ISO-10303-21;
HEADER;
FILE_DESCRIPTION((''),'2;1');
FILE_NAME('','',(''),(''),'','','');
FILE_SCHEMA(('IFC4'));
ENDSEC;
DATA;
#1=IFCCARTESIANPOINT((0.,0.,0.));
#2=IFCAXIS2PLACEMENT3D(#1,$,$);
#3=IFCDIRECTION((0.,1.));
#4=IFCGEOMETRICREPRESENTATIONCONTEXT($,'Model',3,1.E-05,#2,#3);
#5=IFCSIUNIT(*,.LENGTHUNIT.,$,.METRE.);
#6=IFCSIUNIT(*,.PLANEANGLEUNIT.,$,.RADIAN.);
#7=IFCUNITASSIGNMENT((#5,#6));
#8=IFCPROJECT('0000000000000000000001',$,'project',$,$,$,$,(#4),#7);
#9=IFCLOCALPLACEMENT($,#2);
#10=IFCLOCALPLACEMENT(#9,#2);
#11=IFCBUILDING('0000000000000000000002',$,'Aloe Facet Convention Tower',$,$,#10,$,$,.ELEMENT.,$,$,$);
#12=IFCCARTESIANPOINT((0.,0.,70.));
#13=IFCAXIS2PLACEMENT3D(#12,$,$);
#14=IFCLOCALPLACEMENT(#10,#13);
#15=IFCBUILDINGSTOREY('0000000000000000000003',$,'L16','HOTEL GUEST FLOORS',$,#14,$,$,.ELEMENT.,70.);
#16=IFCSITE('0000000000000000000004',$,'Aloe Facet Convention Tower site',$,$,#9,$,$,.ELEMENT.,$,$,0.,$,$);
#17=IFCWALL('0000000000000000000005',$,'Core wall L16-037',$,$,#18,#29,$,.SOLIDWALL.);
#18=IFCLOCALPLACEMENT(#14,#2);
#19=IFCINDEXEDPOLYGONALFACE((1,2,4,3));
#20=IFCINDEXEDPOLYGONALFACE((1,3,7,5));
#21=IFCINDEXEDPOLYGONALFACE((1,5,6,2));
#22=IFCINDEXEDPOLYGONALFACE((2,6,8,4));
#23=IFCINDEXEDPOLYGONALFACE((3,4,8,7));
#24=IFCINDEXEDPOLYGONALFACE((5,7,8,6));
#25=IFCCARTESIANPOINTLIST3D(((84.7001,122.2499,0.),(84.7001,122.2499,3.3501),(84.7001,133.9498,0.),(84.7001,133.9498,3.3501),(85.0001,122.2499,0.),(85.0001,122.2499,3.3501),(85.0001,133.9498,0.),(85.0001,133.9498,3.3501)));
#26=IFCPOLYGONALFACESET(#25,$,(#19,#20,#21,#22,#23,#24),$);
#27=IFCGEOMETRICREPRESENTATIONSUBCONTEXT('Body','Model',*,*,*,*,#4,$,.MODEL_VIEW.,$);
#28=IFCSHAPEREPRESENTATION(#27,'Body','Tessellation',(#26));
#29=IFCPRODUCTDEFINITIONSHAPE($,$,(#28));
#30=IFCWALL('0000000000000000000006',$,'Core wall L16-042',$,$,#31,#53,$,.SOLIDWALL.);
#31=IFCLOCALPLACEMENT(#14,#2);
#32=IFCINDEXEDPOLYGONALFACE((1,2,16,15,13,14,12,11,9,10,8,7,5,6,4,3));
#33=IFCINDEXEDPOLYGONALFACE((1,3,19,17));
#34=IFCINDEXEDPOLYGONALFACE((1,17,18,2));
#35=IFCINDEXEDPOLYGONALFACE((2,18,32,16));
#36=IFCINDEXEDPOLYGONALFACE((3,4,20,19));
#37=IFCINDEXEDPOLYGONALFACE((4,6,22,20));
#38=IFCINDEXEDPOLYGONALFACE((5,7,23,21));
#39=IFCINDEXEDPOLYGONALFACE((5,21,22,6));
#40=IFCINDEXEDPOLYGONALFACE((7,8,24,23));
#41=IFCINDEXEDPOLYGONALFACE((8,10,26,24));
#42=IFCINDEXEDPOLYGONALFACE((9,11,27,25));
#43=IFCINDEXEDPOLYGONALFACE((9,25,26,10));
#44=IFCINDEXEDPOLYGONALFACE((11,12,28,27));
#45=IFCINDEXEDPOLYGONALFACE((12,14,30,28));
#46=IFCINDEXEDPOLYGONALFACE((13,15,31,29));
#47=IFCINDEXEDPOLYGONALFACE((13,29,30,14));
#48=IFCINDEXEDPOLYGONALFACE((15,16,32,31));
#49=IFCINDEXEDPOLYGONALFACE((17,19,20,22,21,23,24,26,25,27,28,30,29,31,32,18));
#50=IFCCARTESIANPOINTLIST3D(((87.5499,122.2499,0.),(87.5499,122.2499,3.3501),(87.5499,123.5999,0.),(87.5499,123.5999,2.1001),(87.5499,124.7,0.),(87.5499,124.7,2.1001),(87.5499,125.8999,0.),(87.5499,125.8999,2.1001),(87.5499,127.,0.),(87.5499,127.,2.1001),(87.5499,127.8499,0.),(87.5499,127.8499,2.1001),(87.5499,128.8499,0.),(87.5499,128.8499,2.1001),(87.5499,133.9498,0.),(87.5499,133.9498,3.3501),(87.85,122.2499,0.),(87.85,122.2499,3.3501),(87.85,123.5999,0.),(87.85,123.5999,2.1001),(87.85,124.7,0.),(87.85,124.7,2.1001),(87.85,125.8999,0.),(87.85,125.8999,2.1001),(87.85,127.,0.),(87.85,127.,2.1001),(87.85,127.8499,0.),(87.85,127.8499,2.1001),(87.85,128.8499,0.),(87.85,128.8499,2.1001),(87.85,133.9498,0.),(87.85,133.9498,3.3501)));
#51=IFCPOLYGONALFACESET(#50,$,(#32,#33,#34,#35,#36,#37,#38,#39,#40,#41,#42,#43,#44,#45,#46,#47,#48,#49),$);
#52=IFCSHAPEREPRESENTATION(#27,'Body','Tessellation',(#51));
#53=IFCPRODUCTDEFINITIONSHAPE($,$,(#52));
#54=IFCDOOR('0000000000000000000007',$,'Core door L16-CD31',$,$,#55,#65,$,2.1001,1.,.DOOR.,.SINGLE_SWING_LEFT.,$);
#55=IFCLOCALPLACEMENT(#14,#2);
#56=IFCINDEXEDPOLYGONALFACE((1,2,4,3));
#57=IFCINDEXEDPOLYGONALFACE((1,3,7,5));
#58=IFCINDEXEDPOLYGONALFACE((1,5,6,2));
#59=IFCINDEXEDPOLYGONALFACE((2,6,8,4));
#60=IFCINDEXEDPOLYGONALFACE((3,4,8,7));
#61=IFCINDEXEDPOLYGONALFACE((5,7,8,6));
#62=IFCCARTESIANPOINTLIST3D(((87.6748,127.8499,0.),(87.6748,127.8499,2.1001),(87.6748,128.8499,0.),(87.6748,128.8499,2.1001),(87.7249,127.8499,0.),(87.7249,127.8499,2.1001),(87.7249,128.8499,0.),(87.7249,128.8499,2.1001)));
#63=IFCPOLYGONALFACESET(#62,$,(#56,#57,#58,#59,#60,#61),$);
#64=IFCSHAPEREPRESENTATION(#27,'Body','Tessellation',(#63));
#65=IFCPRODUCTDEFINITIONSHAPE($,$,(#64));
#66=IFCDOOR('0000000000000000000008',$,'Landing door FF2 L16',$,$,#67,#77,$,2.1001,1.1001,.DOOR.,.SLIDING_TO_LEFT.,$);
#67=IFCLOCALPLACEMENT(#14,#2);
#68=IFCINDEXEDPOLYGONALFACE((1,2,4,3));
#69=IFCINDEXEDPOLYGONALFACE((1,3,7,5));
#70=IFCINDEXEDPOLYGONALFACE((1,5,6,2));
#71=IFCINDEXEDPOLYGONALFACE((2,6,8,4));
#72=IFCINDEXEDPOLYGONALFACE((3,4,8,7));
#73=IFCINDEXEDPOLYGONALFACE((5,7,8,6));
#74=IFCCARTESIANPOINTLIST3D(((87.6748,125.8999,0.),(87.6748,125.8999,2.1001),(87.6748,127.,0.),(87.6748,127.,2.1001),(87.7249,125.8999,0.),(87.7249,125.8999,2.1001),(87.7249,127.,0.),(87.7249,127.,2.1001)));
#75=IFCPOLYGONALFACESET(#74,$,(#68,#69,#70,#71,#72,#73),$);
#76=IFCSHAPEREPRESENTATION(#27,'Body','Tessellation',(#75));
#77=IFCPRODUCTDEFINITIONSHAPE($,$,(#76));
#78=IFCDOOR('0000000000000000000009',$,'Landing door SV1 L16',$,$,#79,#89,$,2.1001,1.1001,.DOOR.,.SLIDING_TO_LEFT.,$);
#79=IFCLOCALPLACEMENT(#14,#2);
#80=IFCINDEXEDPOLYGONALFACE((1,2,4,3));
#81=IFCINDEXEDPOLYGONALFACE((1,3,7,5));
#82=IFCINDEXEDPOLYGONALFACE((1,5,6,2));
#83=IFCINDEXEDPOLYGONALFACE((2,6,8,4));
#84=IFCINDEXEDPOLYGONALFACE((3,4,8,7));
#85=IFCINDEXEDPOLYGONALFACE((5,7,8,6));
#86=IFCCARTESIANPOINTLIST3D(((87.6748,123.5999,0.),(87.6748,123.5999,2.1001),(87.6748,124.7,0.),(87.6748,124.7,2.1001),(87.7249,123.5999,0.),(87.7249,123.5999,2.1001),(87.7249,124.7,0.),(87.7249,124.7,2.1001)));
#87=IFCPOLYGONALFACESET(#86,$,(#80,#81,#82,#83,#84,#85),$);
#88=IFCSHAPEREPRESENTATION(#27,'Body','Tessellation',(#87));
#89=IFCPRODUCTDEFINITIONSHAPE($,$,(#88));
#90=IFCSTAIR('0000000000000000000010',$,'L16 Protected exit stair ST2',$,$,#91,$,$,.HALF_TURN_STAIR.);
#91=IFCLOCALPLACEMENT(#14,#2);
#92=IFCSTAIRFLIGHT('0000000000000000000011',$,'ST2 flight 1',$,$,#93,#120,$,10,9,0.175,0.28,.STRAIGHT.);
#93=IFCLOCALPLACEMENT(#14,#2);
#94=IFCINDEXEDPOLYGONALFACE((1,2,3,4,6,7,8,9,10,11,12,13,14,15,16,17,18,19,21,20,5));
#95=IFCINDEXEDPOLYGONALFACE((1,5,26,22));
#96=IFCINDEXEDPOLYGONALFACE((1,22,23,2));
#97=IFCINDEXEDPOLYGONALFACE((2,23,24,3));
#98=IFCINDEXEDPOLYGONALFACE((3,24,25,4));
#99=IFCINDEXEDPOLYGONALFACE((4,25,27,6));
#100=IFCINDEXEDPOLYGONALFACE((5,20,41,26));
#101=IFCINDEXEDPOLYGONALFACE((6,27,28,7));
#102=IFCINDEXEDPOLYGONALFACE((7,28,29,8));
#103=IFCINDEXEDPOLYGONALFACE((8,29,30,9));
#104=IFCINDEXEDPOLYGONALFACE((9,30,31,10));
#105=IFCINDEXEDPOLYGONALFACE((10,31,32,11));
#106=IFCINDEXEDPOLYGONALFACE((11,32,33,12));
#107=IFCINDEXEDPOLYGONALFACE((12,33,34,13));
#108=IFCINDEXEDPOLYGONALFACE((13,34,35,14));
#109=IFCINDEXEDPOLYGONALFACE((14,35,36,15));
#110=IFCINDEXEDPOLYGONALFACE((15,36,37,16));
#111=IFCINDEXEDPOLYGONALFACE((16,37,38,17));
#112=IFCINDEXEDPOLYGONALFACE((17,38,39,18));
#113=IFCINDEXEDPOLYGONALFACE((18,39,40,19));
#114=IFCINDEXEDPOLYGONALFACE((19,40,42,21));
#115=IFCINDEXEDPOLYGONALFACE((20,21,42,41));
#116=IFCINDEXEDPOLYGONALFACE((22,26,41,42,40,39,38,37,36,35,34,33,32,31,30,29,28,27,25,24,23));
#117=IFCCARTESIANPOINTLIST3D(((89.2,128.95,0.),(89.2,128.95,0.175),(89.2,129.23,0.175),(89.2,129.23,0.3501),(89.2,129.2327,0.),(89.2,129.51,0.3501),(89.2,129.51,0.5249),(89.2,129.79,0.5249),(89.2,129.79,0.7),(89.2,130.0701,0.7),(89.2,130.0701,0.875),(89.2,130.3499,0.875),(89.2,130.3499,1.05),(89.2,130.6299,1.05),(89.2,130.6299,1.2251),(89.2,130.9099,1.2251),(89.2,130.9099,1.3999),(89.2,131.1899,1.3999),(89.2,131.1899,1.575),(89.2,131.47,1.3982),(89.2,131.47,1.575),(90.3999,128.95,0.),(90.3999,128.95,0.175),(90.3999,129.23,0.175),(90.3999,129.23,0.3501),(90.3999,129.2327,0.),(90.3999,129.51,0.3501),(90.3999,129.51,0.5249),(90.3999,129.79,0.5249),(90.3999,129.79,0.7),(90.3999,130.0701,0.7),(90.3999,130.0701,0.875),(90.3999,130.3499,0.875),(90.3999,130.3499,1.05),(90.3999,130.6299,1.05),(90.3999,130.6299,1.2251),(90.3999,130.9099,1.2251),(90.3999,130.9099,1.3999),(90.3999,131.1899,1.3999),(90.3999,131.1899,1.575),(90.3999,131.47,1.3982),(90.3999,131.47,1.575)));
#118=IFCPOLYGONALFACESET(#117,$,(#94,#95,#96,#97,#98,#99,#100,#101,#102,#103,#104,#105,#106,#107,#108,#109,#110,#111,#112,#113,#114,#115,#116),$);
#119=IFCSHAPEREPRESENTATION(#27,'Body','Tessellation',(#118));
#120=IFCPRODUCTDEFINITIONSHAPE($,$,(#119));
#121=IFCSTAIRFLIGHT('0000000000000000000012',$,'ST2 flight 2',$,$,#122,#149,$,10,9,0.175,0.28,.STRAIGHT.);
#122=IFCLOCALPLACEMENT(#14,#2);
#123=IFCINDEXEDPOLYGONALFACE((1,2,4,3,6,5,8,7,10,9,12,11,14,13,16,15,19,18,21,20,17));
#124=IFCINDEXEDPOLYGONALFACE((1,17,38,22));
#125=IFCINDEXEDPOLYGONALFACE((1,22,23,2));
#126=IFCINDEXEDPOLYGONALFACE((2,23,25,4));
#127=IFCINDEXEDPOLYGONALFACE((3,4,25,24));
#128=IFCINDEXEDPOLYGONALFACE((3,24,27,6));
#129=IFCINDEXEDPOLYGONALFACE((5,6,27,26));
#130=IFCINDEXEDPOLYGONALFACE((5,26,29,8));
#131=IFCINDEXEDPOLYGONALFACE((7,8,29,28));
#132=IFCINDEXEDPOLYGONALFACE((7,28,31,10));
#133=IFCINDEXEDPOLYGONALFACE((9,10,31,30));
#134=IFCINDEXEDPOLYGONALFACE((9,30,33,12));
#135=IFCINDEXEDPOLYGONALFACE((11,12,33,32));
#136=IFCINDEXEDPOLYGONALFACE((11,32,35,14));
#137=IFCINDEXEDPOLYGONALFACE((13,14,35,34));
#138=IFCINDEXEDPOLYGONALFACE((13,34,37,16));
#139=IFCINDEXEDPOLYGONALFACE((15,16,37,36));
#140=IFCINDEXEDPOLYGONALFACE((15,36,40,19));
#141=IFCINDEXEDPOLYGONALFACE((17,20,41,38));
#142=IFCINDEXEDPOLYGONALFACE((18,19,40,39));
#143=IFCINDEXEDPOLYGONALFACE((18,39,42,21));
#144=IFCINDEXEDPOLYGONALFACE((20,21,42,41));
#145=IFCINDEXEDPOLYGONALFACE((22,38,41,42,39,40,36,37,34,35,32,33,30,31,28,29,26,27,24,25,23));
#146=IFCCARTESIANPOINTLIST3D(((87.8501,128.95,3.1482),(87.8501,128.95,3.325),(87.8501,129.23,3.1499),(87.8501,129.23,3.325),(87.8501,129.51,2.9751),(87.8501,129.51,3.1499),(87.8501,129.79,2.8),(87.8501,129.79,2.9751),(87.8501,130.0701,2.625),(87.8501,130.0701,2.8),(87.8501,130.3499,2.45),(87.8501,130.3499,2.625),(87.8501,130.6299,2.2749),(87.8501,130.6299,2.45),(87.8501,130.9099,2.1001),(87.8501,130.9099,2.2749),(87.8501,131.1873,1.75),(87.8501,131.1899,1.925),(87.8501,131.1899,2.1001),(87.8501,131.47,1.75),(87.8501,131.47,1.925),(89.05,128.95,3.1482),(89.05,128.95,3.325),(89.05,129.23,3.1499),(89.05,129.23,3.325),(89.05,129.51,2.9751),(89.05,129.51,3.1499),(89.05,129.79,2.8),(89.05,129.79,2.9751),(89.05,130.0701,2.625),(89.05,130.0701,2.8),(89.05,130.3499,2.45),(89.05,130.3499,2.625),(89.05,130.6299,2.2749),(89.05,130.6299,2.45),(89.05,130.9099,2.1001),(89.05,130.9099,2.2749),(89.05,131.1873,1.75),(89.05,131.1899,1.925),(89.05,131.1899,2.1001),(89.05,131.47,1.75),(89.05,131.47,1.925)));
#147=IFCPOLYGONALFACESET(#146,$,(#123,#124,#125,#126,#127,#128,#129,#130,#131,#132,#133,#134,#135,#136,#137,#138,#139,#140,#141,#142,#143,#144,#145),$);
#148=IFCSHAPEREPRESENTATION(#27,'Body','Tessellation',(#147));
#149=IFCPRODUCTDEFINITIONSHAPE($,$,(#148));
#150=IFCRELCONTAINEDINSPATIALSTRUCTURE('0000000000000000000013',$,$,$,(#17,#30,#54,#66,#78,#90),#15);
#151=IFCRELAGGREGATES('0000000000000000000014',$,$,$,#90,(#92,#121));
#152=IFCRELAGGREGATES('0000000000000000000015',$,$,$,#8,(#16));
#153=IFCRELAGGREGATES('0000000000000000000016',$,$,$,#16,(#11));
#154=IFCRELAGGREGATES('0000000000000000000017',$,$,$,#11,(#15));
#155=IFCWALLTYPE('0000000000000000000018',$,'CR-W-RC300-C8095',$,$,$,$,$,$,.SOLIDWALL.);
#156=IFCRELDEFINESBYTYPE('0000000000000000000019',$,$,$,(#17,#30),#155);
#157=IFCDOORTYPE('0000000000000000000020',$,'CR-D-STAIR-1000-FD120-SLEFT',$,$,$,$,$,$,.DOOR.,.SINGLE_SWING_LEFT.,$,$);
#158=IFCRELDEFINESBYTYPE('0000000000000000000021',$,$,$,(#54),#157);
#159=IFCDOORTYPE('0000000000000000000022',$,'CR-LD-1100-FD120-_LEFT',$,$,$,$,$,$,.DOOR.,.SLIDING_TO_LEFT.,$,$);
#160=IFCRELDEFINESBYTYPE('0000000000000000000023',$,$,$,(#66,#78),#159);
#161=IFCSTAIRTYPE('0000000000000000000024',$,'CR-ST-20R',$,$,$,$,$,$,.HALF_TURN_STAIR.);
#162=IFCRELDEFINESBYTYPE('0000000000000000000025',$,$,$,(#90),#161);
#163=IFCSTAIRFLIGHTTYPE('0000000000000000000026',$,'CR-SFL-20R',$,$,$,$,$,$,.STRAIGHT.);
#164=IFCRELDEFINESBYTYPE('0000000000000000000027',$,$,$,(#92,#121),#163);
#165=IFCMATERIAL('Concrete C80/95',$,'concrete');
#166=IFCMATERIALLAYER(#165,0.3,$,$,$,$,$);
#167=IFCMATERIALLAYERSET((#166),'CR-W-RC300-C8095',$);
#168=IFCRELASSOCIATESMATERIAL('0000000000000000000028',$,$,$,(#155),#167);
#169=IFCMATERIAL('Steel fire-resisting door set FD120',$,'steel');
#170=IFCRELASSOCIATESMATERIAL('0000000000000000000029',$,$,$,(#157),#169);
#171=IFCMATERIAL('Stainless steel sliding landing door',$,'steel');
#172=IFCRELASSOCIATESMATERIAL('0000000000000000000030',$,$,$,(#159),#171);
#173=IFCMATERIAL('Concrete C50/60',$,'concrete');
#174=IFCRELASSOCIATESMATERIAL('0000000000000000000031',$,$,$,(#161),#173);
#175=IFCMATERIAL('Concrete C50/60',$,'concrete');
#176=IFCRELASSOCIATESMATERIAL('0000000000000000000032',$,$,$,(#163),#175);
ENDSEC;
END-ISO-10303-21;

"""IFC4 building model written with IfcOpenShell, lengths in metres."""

from ifc_helpers import new_model, si_unit, direction, frame, frame_2d, origin, place, context, subcontext, project, spatial, polyline, rectangle, outline, extrude, material, layer, layer_set, type_object, element, fill, aggregate, save


model = new_model("IFC4")

# Units and contexts
model_context = context("Model", 3, precision=1e-05, world=origin(), true_north=direction((0.0, 1.0)))
body_context = subcontext(model_context, "Body", "Model", "MODEL_VIEW")
ifc_project = project(units=[si_unit("LENGTHUNIT", "METRE"), si_unit("PLANEANGLEUNIT", "RADIAN")], contexts=[model_context])

# Site, building, storey
site_placement = place(None, origin())
site = spatial("IfcSite", under=ifc_project, at=site_placement, Name="Aloe Facet Convention Tower site", CompositionType="ELEMENT", RefElevation=0.0)
building_placement = place(site_placement, origin())
building = spatial("IfcBuilding", under=site, at=building_placement, Name="Aloe Facet Convention Tower", CompositionType="ELEMENT")
storey_placement = place(building_placement, frame((0.0, 0.0, 70.0)))
storey = spatial("IfcBuildingStorey", under=building, at=storey_placement, Name="L16", Description="HOTEL GUEST FLOORS", CompositionType="ELEMENT", Elevation=70.0)

# Shared definitions
ifc_material_1 = material(Name="Concrete C80/95", Category="concrete")
ifc_layer_1 = layer(ifc_material_1, 0.3)
ifc_layer_set_1 = layer_set([ifc_layer_1], Name="CR-W-RC300-C8095")
wall_type_1 = type_object("IfcWallType", Name="CR-W-RC300-C8095", PredefinedType="SOLIDWALL", material=ifc_layer_set_1)

# Wall
wall_1_placement = place(storey_placement, frame((84.8501, 133.95, 0.0), z_axis=(0.0, 0.0, 1.0), x_axis=(0.0, -1.0, 0.0)))
element("IfcWall", 1, at=wall_1_placement, inside=storey, type_object=wall_type_1, Name="Core wall L16-037", PredefinedType="SOLIDWALL", context=body_context, shape_type="SweptSolid", body=[
    extrude(rectangle(XDim=11.7, YDim=0.3, at=frame_2d((5.8501, 0.0))), origin(), (0.0, 0.0, 1.0), 3.3501),
])

# Wall, openings, doors
wall_2_placement = place(storey_placement, frame((87.7, 133.95, 0.0), z_axis=(0.0, 0.0, 1.0), x_axis=(0.0, -1.0, 0.0)))
wall_2 = element("IfcWall", 2, at=wall_2_placement, inside=storey, type_object=wall_type_1, Name="Core wall L16-042", PredefinedType="SOLIDWALL", context=body_context, shape_type="SweptSolid", body=[
    extrude(rectangle(XDim=11.7, YDim=0.3, at=frame_2d((5.8501, 0.0))), origin(), (0.0, 0.0, 1.0), 3.3501),
])
opening_1_placement = place(wall_2_placement, frame((6.95, 0.0, 0.0)))
opening_1 = element("IfcOpeningElement", 3, at=opening_1_placement, cuts=wall_2, PredefinedType="OPENING", context=body_context, shape_type="SweptSolid", body=[
    extrude(rectangle(XDim=1.1001, YDim=2.1001, at=frame_2d((0.55, 1.05))), frame((0.0, 0.1602, 0.0), z_axis=(0.0, -1.0, 0.0), x_axis=(1.0, 0.0, 0.0)), (0.0, 0.0, 1.0), 0.3201),
])
opening_2_placement = place(wall_2_placement, frame((5.1001, 0.0, 0.0)))
opening_2 = element("IfcOpeningElement", 4, at=opening_2_placement, cuts=wall_2, PredefinedType="OPENING", context=body_context, shape_type="SweptSolid", body=[
    extrude(rectangle(XDim=1.0, YDim=2.1001, at=frame_2d((0.5, 1.05))), frame((0.0, 0.1602, 0.0), z_axis=(0.0, -1.0, 0.0), x_axis=(1.0, 0.0, 0.0)), (0.0, 0.0, 1.0), 0.3201),
])
opening_3_placement = place(wall_2_placement, frame((9.25, 0.0, 0.0)))
opening_3 = element("IfcOpeningElement", 5, at=opening_3_placement, cuts=wall_2, PredefinedType="OPENING", context=body_context, shape_type="SweptSolid", body=[
    extrude(rectangle(XDim=1.1001, YDim=2.1001, at=frame_2d((0.55, 1.05))), frame((0.0, 0.1602, 0.0), z_axis=(0.0, -1.0, 0.0), x_axis=(1.0, 0.0, 0.0)), (0.0, 0.0, 1.0), 0.3201),
])
ifc_material_2 = material(Name="Steel fire-resisting door set FD120", Category="steel")
door_type_1 = type_object("IfcDoorType", Name="CR-D-STAIR-1000-FD120-SLEFT", OperationType="SINGLE_SWING_LEFT", PredefinedType="DOOR", material=ifc_material_2)
door_1_placement = place(opening_2_placement, origin())
door_1 = element("IfcDoor", 6, at=door_1_placement, inside=storey, type_object=door_type_1, Name="Core door L16-CD31", OperationType="SINGLE_SWING_LEFT", OverallHeight=2.1001, OverallWidth=1.0, PredefinedType="DOOR", context=body_context, shape_type="SweptSolid", body=[
    extrude(rectangle(XDim=1.0, YDim=2.1001, at=frame_2d((0.5, 1.05))), frame((0.0, 0.0249, 0.0), z_axis=(0.0, -1.0, 0.0), x_axis=(1.0, 0.0, 0.0)), (0.0, 0.0, 1.0), 0.05),
])
fill(opening_2, door_1)
ifc_material_3 = material(Name="Stainless steel sliding landing door", Category="steel")
door_type_2 = type_object("IfcDoorType", Name="CR-LD-1100-FD120-_LEFT", OperationType="SLIDING_TO_LEFT", PredefinedType="DOOR", material=ifc_material_3)
door_2_placement = place(opening_1_placement, origin())
door_2 = element("IfcDoor", 7, at=door_2_placement, inside=storey, type_object=door_type_2, Name="Landing door FF2 L16", OperationType="SLIDING_TO_LEFT", OverallHeight=2.1001, OverallWidth=1.1001, PredefinedType="DOOR", context=body_context, shape_type="SweptSolid", body=[
    extrude(rectangle(XDim=1.1001, YDim=2.1001, at=frame_2d((0.55, 1.05))), frame((0.0, 0.0249, 0.0), z_axis=(0.0, -1.0, 0.0), x_axis=(1.0, 0.0, 0.0)), (0.0, 0.0, 1.0), 0.05),
])
fill(opening_1, door_2)
door_3_placement = place(opening_3_placement, origin())
door_3 = element("IfcDoor", 8, at=door_3_placement, inside=storey, type_object=door_type_2, Name="Landing door SV1 L16", OperationType="SLIDING_TO_LEFT", OverallHeight=2.1001, OverallWidth=1.1001, PredefinedType="DOOR", context=body_context, shape_type="SweptSolid", body=[
    extrude(rectangle(XDim=1.1001, YDim=2.1001, at=frame_2d((0.55, 1.05))), frame((0.0, 0.0249, 0.0), z_axis=(0.0, -1.0, 0.0), x_axis=(1.0, 0.0, 0.0)), (0.0, 0.0, 1.0), 0.05),
])
fill(opening_3, door_3)

# Stair, stair flights
ifc_material_4 = material(Name="Concrete C50/60", Category="concrete")
stair_type = type_object("IfcStairType", Name="CR-ST-20R", PredefinedType="HALF_TURN_STAIR", material=ifc_material_4)
stair_placement = place(storey_placement, origin())
stair = element("IfcStair", 9, at=stair_placement, inside=storey, type_object=stair_type, Name="L16 Protected exit stair ST2", PredefinedType="HALF_TURN_STAIR")
ifc_material_5 = material(Name="Concrete C50/60", Category="concrete")
stair_flight_type = type_object("IfcStairFlightType", Name="CR-SFL-20R", PredefinedType="STRAIGHT", material=ifc_material_5)
stair_flight_1_placement = place(storey_placement, frame((89.8, 128.95, 0.0), z_axis=(0.0, 0.0, 1.0), x_axis=(0.0, 1.0, 0.0)))
stair_flight_1 = element("IfcStairFlight", 10, at=stair_flight_1_placement, type_object=stair_flight_type, Name="ST2 flight 1", NumberOfRisers=10, NumberOfTreads=9, PredefinedType="STRAIGHT", RiserHeight=0.175, TreadLength=0.28, context=body_context, shape_type="SweptSolid", body=[
    extrude(outline(polyline([(0.0, 0.0), (0.0, 0.175), (0.28, 0.175), (0.28, 0.3501), (0.5601, 0.3501), (0.5601, 0.5249), (0.8401, 0.5249), (0.8401, 0.7), (1.1201, 0.7), (1.1201, 0.875), (1.3999, 0.875), (1.3999, 1.05), (1.6799, 1.05), (1.6799, 1.2251), (1.96, 1.2251), (1.96, 1.3999), (2.24, 1.3999), (2.24, 1.575), (2.52, 1.575), (2.52, 1.75), (2.52, 1.3982), (0.2827, 0.0), (0.0, 0.0)])), frame((0.0, 0.6001, 0.0), z_axis=(0.0, -1.0, 0.0), x_axis=(1.0, 0.0, 0.0)), (0.0, 0.0, 1.0), 1.2),
])
stair_flight_2_placement = place(storey_placement, frame((88.45, 131.47, 1.75), z_axis=(0.0, 0.0, 1.0), x_axis=(0.0, -1.0, 0.0)))
stair_flight_2 = element("IfcStairFlight", 11, at=stair_flight_2_placement, type_object=stair_flight_type, Name="ST2 flight 2", NumberOfRisers=10, NumberOfTreads=9, PredefinedType="STRAIGHT", RiserHeight=0.175, TreadLength=0.28, context=body_context, shape_type="SweptSolid", body=[
    extrude(outline(polyline([(0.0, 0.0), (0.0, 0.175), (0.28, 0.175), (0.28, 0.3501), (0.5601, 0.3501), (0.5601, 0.5249), (0.8401, 0.5249), (0.8401, 0.7), (1.1201, 0.7), (1.1201, 0.875), (1.3999, 0.875), (1.3999, 1.05), (1.6799, 1.05), (1.6799, 1.2251), (1.96, 1.2251), (1.96, 1.3999), (2.24, 1.3999), (2.24, 1.575), (2.52, 1.575), (2.52, 1.75), (2.52, 1.3982), (0.2827, 0.0), (0.0, 0.0)])), frame((0.0, 0.6001, 0.0), z_axis=(0.0, -1.0, 0.0), x_axis=(1.0, 0.0, 0.0)), (0.0, 0.0, 1.0), 1.2),
])
aggregate(stair, [stair_flight_1, stair_flight_2])

save(model, "model.ifc")
